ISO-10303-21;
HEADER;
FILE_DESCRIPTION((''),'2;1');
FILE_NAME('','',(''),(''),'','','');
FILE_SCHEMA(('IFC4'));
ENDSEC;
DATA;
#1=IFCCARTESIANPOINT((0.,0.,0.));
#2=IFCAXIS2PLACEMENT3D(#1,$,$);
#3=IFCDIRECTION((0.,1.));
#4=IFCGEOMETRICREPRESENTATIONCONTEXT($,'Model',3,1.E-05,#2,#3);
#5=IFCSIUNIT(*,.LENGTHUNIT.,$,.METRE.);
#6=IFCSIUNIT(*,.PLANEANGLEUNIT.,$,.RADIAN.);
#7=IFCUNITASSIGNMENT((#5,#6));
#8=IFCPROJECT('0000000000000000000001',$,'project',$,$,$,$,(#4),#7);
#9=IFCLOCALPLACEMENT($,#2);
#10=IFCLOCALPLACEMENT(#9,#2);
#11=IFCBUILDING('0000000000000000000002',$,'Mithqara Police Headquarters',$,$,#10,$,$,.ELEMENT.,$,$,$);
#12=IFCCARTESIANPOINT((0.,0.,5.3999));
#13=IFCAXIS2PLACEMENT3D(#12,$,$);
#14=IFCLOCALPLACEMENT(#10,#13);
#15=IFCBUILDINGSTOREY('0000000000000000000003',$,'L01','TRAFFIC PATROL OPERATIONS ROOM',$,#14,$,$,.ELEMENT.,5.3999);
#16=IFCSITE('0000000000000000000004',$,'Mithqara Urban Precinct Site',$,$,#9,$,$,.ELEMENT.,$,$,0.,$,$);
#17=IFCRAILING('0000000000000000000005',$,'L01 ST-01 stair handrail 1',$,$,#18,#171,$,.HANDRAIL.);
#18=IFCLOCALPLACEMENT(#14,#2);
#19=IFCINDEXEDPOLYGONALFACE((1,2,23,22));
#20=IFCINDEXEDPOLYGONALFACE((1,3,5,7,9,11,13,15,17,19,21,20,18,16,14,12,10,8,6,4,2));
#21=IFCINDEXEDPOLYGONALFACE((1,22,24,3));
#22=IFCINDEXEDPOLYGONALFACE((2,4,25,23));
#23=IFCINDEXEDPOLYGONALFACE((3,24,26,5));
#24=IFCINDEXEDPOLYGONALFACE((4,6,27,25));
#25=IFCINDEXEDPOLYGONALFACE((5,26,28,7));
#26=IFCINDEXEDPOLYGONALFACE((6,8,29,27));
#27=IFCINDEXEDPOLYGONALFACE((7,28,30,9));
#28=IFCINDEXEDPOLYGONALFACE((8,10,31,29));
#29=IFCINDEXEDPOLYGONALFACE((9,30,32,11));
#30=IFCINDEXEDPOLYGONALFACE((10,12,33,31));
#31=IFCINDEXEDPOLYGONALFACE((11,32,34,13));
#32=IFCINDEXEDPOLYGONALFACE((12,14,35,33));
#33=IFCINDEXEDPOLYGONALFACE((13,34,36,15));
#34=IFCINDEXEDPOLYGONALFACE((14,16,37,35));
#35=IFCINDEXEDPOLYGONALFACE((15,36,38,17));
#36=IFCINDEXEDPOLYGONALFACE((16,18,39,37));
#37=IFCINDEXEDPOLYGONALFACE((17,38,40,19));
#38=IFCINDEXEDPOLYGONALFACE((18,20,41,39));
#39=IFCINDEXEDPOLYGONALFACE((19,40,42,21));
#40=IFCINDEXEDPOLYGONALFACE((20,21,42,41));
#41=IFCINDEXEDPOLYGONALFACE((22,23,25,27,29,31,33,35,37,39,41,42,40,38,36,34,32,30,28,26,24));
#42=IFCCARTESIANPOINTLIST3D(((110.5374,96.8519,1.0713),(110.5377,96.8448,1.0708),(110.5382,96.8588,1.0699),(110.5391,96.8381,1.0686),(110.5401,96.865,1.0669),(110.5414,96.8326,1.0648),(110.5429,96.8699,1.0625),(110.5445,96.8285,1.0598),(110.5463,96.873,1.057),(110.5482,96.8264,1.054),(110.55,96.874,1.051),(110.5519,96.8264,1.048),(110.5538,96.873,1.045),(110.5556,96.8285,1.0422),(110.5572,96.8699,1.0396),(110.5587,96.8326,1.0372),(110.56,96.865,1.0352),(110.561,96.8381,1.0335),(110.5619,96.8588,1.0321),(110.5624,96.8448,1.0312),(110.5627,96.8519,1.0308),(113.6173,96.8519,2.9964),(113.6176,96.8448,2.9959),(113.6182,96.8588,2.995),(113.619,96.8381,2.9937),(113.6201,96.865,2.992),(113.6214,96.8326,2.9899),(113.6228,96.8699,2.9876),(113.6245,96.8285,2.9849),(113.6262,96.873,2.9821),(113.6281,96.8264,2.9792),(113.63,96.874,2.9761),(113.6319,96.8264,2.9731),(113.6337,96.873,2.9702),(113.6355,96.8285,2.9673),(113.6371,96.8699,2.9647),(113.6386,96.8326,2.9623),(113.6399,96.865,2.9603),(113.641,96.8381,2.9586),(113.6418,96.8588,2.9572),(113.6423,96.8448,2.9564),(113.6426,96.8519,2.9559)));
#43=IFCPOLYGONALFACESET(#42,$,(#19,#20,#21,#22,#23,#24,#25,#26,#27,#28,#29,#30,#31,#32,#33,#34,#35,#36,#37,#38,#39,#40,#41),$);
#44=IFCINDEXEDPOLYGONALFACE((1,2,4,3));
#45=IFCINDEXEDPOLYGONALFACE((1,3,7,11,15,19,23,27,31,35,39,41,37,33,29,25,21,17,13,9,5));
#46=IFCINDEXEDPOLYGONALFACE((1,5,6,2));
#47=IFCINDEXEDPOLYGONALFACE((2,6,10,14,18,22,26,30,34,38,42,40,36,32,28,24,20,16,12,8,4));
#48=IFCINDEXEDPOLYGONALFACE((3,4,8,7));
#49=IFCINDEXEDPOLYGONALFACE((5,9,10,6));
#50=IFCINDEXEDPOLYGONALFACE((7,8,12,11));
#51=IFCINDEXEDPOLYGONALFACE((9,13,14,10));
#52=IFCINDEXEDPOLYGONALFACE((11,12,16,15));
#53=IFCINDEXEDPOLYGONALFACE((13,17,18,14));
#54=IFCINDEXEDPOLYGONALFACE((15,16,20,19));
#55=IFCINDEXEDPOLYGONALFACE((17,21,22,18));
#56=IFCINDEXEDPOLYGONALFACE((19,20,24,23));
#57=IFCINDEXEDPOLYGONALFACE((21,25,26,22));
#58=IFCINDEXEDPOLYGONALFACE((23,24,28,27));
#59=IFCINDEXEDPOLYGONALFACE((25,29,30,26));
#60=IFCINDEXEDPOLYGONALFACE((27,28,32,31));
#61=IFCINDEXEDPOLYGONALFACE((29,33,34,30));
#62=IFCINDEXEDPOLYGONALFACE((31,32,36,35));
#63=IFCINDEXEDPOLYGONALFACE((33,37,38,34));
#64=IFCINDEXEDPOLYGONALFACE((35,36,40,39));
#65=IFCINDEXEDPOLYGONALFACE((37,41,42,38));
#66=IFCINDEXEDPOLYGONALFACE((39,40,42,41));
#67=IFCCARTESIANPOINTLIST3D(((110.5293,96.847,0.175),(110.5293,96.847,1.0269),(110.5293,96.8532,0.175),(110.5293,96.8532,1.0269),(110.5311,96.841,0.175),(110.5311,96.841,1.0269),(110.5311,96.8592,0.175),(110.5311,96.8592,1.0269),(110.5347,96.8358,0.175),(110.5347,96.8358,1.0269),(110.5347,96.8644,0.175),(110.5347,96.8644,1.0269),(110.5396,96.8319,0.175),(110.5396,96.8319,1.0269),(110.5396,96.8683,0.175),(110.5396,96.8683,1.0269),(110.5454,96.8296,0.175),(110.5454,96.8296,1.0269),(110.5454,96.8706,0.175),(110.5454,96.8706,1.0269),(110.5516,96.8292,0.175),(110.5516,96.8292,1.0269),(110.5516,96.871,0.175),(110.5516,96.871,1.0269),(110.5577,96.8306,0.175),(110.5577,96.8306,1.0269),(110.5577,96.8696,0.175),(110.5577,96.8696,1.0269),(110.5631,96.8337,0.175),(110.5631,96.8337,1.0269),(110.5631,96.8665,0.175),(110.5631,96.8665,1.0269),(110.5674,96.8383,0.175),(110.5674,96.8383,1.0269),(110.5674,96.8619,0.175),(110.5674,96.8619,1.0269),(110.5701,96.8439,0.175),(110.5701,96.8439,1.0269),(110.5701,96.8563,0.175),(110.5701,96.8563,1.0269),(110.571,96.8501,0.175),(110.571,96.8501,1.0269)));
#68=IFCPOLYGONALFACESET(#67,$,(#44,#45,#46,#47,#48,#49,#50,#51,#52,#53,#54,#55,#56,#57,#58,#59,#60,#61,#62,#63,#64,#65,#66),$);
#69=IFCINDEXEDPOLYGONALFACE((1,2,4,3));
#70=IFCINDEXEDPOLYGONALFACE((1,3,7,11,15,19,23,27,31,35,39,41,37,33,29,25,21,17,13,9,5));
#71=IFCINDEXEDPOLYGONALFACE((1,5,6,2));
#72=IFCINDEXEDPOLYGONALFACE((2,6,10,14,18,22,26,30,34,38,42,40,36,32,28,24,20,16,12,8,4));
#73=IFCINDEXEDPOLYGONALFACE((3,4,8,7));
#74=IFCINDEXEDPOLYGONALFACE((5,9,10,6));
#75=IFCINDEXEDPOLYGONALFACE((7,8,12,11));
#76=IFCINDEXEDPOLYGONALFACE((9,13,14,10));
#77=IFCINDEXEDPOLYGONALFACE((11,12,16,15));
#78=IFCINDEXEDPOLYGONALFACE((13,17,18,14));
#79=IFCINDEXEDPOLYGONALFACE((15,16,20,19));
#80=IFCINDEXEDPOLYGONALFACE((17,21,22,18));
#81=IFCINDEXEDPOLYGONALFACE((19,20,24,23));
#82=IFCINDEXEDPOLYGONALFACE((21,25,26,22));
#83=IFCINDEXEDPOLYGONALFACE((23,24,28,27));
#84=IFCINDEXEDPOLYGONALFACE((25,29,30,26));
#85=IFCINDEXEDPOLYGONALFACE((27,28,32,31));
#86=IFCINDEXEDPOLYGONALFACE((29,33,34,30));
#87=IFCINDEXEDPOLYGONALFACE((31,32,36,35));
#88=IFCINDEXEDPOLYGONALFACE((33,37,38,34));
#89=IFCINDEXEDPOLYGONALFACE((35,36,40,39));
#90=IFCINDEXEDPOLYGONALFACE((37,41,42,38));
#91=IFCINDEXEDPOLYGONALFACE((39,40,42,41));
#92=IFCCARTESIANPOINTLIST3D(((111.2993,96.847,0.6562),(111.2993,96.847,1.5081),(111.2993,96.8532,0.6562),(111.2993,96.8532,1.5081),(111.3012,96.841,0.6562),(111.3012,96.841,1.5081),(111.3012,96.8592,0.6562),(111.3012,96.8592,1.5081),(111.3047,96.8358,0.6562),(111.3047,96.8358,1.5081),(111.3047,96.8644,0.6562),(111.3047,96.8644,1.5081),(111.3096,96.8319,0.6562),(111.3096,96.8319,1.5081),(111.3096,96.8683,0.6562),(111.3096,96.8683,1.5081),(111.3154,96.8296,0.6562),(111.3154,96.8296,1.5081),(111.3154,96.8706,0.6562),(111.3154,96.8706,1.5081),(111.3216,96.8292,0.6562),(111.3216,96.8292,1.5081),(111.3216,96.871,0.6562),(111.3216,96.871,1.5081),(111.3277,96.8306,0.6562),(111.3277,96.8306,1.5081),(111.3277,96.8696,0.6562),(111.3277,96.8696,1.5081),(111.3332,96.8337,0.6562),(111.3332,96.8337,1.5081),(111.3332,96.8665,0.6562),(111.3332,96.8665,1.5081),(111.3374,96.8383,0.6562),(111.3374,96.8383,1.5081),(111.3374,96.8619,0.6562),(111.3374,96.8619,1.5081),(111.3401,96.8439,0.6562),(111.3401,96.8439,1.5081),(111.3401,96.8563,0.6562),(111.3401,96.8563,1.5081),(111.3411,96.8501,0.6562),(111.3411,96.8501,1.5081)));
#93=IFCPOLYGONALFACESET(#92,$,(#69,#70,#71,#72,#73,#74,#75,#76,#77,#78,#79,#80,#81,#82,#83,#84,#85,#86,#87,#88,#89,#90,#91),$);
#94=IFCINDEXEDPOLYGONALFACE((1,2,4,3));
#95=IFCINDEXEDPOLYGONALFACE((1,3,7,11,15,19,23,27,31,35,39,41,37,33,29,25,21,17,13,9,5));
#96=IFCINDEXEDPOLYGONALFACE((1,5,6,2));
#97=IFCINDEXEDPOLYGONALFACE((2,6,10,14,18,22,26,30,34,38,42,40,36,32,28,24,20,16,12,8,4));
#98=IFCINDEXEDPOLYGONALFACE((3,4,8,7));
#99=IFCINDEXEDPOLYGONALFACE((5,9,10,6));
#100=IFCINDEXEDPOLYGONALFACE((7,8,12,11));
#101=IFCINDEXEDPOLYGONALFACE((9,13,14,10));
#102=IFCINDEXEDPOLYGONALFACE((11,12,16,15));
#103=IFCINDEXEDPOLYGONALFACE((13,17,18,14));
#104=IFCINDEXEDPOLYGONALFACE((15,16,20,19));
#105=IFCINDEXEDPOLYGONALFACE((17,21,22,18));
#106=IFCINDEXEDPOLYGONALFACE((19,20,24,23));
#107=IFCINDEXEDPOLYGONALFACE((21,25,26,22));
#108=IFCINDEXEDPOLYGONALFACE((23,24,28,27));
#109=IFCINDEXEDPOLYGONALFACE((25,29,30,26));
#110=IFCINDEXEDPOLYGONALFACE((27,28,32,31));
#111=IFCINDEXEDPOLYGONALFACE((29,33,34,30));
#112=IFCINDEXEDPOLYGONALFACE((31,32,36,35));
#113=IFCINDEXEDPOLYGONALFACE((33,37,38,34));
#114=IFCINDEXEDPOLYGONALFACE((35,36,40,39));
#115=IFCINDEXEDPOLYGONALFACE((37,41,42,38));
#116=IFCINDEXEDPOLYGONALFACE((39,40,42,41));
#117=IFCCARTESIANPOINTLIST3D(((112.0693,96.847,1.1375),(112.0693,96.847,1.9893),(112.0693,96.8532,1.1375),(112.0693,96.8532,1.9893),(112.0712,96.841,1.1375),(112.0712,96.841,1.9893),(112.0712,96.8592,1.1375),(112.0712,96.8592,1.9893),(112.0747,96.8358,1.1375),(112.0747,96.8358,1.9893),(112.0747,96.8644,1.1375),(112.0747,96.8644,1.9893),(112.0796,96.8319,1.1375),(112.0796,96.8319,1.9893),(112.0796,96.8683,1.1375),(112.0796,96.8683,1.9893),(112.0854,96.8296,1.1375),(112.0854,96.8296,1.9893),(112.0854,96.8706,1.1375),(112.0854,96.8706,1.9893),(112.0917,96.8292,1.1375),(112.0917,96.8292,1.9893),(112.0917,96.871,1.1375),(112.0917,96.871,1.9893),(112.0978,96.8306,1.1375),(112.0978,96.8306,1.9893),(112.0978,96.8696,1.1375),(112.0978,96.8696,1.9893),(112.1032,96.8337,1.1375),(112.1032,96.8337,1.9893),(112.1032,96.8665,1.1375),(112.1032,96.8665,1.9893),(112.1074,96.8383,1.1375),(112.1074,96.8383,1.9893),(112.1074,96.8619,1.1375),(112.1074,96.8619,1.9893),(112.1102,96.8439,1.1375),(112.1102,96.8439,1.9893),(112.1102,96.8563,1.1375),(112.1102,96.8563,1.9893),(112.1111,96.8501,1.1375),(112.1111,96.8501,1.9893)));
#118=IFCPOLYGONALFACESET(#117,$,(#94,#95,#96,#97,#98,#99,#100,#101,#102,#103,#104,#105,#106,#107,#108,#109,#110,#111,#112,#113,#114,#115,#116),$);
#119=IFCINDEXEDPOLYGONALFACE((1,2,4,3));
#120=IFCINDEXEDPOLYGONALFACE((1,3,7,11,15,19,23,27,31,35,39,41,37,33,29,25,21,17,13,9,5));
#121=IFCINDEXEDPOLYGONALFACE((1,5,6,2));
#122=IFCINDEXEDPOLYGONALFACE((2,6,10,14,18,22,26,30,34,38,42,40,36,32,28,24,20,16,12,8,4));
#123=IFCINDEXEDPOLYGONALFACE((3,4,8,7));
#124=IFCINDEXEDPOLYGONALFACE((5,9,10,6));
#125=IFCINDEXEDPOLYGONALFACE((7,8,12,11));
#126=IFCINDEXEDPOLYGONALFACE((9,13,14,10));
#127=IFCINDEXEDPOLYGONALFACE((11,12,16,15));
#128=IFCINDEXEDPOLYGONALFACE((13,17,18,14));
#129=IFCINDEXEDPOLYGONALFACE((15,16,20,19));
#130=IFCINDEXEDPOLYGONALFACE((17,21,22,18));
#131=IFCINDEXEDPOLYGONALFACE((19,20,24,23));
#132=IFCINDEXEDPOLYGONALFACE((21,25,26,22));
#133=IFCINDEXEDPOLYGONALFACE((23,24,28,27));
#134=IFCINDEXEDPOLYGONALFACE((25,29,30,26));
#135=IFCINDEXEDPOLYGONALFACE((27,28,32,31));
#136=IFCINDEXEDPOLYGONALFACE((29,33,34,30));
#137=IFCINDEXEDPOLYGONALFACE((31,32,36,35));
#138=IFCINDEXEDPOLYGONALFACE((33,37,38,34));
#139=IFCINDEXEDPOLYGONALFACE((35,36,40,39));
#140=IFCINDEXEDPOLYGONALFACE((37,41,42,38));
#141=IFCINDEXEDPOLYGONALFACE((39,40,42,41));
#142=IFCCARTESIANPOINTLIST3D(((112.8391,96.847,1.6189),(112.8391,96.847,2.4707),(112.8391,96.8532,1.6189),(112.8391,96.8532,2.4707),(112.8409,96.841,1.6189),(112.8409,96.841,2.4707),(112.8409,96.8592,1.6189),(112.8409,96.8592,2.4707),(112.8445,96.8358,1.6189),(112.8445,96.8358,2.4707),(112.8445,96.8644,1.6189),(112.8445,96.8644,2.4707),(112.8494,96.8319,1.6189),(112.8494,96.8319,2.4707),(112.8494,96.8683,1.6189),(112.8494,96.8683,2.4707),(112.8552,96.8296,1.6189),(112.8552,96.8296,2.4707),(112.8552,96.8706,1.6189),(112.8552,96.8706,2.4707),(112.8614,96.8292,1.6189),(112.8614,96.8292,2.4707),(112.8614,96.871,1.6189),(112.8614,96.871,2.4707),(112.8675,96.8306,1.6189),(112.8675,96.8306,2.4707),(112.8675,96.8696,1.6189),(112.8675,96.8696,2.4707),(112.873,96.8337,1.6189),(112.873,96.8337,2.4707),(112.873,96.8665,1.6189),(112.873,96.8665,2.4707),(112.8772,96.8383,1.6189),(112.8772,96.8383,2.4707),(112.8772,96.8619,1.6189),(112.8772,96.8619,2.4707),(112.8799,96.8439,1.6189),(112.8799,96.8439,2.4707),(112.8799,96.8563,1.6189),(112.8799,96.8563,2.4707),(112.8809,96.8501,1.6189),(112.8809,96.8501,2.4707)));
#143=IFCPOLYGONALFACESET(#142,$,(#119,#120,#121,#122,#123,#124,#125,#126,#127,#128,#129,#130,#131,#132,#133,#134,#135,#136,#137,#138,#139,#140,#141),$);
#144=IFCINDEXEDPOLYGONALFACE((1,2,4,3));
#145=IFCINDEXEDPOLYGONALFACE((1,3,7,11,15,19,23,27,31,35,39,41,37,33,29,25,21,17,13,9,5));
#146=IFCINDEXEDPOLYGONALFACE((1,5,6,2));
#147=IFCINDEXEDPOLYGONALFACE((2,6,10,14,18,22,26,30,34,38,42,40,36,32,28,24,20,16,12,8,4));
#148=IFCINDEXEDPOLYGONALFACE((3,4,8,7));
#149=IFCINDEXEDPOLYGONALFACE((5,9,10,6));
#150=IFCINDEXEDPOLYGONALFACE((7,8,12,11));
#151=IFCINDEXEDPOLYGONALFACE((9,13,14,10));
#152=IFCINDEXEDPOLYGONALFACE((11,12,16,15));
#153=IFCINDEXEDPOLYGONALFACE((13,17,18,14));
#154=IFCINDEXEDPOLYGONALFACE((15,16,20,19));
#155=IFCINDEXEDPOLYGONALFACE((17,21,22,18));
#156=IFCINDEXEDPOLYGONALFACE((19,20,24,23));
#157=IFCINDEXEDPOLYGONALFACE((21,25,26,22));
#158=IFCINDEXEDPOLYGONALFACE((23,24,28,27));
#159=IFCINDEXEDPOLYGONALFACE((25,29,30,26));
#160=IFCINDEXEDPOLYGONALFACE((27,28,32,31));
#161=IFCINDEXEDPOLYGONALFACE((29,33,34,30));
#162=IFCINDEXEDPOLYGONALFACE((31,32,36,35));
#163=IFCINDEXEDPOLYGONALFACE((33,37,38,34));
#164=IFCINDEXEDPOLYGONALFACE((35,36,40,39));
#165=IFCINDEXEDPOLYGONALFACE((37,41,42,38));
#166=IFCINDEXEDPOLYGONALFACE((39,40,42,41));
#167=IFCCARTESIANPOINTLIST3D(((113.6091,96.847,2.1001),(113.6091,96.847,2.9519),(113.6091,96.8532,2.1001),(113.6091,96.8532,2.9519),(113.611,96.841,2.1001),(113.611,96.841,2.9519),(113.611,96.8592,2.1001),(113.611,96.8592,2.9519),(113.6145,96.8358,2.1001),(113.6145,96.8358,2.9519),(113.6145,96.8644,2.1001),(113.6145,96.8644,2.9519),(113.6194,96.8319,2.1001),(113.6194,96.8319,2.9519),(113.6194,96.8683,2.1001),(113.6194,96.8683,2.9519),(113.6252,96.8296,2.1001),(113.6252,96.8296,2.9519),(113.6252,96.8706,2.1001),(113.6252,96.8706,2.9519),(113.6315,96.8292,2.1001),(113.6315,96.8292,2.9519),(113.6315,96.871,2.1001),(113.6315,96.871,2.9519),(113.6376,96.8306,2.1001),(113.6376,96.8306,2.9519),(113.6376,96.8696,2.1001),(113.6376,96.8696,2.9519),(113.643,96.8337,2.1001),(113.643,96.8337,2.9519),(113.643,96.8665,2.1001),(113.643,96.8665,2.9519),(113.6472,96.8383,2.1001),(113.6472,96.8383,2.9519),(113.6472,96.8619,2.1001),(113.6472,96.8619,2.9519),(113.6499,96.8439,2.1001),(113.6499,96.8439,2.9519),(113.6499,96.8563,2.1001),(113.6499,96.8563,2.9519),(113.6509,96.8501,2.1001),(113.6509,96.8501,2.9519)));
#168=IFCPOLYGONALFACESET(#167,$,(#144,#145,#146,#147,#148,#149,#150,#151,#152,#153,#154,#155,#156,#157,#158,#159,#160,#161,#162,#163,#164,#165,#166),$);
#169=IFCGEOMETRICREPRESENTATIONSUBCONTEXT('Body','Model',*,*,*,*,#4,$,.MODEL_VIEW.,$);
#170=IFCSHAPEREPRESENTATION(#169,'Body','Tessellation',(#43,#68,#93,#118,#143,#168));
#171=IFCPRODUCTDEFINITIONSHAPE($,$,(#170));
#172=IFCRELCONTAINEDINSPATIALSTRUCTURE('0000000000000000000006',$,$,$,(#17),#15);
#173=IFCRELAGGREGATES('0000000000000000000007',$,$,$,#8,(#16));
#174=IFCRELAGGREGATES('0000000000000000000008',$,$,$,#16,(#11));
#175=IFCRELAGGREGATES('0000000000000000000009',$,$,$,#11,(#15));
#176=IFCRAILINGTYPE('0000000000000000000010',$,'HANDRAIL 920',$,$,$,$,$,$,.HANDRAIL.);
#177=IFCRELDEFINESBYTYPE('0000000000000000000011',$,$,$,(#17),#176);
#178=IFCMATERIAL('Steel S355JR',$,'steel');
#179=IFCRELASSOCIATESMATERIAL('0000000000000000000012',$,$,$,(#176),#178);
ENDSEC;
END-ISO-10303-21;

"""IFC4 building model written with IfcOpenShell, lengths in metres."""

from ifc_helpers import new_model, si_unit, direction, frame, origin, origin_2d, place, context, subcontext, project, spatial, circle, extrude, material, type_object, element, save


model = new_model("IFC4")

# Units and contexts
model_context = context("Model", 3, precision=1e-05, world=origin(), true_north=direction((0.0, 1.0)))
body_context = subcontext(model_context, "Body", "Model", "MODEL_VIEW")
ifc_project = project(units=[si_unit("LENGTHUNIT", "METRE"), si_unit("PLANEANGLEUNIT", "RADIAN")], contexts=[model_context])

# Site, building, storey
site_placement = place(None, origin())
site = spatial("IfcSite", under=ifc_project, at=site_placement, Name="Mithqara Urban Precinct Site", CompositionType="ELEMENT", RefElevation=0.0)
building_placement = place(site_placement, origin())
building = spatial("IfcBuilding", under=site, at=building_placement, Name="Mithqara Police Headquarters", CompositionType="ELEMENT")
storey_placement = place(building_placement, frame((0.0, 0.0, 5.3999)))
storey = spatial("IfcBuildingStorey", under=building, at=storey_placement, Name="L01", Description="TRAFFIC PATROL OPERATIONS ROOM", CompositionType="ELEMENT", Elevation=5.3999)

# Shared definitions
ifc_material_1 = material(Name="Steel S355JR", Category="steel")

# Railing
railing_type = type_object("IfcRailingType", Name="HANDRAIL 920", PredefinedType="HANDRAIL", material=ifc_material_1)
railing_placement = place(storey_placement, frame((110.55, 96.8501, 0.175)))
element("IfcRailing", 1, at=railing_placement, inside=storey, type_object=railing_type, Name="L01 ST-01 stair handrail 1", PredefinedType="HANDRAIL", context=body_context, shape_type="SweptSolid", body=[
    extrude(circle(Radius=0.0239, at=origin_2d()), frame((0.0, 0.0, 0.876), z_axis=(0.847979, 0.0, 0.530029), x_axis=(0.0, 1.0, 0.0)), (0.0, 0.0, 1.0), 3.6321),
    extrude(circle(Radius=0.021, at=origin_2d()), origin(), (0.0, 0.0, 1.0), 0.8518),
    extrude(circle(Radius=0.021, at=origin_2d()), frame((0.77, 0.0, 0.4812)), (0.0, 0.0, 1.0), 0.8518),
    extrude(circle(Radius=0.021, at=origin_2d()), frame((1.54, 0.0, 0.9624)), (0.0, 0.0, 1.0), 0.8518),
    extrude(circle(Radius=0.021, at=origin_2d()), frame((2.3098, 0.0, 1.4438)), (0.0, 0.0, 1.0), 0.8518),
    extrude(circle(Radius=0.021, at=origin_2d()), frame((3.0798, 0.0, 1.925)), (0.0, 0.0, 1.0), 0.8518),
])

save(model, "model.ifc")
